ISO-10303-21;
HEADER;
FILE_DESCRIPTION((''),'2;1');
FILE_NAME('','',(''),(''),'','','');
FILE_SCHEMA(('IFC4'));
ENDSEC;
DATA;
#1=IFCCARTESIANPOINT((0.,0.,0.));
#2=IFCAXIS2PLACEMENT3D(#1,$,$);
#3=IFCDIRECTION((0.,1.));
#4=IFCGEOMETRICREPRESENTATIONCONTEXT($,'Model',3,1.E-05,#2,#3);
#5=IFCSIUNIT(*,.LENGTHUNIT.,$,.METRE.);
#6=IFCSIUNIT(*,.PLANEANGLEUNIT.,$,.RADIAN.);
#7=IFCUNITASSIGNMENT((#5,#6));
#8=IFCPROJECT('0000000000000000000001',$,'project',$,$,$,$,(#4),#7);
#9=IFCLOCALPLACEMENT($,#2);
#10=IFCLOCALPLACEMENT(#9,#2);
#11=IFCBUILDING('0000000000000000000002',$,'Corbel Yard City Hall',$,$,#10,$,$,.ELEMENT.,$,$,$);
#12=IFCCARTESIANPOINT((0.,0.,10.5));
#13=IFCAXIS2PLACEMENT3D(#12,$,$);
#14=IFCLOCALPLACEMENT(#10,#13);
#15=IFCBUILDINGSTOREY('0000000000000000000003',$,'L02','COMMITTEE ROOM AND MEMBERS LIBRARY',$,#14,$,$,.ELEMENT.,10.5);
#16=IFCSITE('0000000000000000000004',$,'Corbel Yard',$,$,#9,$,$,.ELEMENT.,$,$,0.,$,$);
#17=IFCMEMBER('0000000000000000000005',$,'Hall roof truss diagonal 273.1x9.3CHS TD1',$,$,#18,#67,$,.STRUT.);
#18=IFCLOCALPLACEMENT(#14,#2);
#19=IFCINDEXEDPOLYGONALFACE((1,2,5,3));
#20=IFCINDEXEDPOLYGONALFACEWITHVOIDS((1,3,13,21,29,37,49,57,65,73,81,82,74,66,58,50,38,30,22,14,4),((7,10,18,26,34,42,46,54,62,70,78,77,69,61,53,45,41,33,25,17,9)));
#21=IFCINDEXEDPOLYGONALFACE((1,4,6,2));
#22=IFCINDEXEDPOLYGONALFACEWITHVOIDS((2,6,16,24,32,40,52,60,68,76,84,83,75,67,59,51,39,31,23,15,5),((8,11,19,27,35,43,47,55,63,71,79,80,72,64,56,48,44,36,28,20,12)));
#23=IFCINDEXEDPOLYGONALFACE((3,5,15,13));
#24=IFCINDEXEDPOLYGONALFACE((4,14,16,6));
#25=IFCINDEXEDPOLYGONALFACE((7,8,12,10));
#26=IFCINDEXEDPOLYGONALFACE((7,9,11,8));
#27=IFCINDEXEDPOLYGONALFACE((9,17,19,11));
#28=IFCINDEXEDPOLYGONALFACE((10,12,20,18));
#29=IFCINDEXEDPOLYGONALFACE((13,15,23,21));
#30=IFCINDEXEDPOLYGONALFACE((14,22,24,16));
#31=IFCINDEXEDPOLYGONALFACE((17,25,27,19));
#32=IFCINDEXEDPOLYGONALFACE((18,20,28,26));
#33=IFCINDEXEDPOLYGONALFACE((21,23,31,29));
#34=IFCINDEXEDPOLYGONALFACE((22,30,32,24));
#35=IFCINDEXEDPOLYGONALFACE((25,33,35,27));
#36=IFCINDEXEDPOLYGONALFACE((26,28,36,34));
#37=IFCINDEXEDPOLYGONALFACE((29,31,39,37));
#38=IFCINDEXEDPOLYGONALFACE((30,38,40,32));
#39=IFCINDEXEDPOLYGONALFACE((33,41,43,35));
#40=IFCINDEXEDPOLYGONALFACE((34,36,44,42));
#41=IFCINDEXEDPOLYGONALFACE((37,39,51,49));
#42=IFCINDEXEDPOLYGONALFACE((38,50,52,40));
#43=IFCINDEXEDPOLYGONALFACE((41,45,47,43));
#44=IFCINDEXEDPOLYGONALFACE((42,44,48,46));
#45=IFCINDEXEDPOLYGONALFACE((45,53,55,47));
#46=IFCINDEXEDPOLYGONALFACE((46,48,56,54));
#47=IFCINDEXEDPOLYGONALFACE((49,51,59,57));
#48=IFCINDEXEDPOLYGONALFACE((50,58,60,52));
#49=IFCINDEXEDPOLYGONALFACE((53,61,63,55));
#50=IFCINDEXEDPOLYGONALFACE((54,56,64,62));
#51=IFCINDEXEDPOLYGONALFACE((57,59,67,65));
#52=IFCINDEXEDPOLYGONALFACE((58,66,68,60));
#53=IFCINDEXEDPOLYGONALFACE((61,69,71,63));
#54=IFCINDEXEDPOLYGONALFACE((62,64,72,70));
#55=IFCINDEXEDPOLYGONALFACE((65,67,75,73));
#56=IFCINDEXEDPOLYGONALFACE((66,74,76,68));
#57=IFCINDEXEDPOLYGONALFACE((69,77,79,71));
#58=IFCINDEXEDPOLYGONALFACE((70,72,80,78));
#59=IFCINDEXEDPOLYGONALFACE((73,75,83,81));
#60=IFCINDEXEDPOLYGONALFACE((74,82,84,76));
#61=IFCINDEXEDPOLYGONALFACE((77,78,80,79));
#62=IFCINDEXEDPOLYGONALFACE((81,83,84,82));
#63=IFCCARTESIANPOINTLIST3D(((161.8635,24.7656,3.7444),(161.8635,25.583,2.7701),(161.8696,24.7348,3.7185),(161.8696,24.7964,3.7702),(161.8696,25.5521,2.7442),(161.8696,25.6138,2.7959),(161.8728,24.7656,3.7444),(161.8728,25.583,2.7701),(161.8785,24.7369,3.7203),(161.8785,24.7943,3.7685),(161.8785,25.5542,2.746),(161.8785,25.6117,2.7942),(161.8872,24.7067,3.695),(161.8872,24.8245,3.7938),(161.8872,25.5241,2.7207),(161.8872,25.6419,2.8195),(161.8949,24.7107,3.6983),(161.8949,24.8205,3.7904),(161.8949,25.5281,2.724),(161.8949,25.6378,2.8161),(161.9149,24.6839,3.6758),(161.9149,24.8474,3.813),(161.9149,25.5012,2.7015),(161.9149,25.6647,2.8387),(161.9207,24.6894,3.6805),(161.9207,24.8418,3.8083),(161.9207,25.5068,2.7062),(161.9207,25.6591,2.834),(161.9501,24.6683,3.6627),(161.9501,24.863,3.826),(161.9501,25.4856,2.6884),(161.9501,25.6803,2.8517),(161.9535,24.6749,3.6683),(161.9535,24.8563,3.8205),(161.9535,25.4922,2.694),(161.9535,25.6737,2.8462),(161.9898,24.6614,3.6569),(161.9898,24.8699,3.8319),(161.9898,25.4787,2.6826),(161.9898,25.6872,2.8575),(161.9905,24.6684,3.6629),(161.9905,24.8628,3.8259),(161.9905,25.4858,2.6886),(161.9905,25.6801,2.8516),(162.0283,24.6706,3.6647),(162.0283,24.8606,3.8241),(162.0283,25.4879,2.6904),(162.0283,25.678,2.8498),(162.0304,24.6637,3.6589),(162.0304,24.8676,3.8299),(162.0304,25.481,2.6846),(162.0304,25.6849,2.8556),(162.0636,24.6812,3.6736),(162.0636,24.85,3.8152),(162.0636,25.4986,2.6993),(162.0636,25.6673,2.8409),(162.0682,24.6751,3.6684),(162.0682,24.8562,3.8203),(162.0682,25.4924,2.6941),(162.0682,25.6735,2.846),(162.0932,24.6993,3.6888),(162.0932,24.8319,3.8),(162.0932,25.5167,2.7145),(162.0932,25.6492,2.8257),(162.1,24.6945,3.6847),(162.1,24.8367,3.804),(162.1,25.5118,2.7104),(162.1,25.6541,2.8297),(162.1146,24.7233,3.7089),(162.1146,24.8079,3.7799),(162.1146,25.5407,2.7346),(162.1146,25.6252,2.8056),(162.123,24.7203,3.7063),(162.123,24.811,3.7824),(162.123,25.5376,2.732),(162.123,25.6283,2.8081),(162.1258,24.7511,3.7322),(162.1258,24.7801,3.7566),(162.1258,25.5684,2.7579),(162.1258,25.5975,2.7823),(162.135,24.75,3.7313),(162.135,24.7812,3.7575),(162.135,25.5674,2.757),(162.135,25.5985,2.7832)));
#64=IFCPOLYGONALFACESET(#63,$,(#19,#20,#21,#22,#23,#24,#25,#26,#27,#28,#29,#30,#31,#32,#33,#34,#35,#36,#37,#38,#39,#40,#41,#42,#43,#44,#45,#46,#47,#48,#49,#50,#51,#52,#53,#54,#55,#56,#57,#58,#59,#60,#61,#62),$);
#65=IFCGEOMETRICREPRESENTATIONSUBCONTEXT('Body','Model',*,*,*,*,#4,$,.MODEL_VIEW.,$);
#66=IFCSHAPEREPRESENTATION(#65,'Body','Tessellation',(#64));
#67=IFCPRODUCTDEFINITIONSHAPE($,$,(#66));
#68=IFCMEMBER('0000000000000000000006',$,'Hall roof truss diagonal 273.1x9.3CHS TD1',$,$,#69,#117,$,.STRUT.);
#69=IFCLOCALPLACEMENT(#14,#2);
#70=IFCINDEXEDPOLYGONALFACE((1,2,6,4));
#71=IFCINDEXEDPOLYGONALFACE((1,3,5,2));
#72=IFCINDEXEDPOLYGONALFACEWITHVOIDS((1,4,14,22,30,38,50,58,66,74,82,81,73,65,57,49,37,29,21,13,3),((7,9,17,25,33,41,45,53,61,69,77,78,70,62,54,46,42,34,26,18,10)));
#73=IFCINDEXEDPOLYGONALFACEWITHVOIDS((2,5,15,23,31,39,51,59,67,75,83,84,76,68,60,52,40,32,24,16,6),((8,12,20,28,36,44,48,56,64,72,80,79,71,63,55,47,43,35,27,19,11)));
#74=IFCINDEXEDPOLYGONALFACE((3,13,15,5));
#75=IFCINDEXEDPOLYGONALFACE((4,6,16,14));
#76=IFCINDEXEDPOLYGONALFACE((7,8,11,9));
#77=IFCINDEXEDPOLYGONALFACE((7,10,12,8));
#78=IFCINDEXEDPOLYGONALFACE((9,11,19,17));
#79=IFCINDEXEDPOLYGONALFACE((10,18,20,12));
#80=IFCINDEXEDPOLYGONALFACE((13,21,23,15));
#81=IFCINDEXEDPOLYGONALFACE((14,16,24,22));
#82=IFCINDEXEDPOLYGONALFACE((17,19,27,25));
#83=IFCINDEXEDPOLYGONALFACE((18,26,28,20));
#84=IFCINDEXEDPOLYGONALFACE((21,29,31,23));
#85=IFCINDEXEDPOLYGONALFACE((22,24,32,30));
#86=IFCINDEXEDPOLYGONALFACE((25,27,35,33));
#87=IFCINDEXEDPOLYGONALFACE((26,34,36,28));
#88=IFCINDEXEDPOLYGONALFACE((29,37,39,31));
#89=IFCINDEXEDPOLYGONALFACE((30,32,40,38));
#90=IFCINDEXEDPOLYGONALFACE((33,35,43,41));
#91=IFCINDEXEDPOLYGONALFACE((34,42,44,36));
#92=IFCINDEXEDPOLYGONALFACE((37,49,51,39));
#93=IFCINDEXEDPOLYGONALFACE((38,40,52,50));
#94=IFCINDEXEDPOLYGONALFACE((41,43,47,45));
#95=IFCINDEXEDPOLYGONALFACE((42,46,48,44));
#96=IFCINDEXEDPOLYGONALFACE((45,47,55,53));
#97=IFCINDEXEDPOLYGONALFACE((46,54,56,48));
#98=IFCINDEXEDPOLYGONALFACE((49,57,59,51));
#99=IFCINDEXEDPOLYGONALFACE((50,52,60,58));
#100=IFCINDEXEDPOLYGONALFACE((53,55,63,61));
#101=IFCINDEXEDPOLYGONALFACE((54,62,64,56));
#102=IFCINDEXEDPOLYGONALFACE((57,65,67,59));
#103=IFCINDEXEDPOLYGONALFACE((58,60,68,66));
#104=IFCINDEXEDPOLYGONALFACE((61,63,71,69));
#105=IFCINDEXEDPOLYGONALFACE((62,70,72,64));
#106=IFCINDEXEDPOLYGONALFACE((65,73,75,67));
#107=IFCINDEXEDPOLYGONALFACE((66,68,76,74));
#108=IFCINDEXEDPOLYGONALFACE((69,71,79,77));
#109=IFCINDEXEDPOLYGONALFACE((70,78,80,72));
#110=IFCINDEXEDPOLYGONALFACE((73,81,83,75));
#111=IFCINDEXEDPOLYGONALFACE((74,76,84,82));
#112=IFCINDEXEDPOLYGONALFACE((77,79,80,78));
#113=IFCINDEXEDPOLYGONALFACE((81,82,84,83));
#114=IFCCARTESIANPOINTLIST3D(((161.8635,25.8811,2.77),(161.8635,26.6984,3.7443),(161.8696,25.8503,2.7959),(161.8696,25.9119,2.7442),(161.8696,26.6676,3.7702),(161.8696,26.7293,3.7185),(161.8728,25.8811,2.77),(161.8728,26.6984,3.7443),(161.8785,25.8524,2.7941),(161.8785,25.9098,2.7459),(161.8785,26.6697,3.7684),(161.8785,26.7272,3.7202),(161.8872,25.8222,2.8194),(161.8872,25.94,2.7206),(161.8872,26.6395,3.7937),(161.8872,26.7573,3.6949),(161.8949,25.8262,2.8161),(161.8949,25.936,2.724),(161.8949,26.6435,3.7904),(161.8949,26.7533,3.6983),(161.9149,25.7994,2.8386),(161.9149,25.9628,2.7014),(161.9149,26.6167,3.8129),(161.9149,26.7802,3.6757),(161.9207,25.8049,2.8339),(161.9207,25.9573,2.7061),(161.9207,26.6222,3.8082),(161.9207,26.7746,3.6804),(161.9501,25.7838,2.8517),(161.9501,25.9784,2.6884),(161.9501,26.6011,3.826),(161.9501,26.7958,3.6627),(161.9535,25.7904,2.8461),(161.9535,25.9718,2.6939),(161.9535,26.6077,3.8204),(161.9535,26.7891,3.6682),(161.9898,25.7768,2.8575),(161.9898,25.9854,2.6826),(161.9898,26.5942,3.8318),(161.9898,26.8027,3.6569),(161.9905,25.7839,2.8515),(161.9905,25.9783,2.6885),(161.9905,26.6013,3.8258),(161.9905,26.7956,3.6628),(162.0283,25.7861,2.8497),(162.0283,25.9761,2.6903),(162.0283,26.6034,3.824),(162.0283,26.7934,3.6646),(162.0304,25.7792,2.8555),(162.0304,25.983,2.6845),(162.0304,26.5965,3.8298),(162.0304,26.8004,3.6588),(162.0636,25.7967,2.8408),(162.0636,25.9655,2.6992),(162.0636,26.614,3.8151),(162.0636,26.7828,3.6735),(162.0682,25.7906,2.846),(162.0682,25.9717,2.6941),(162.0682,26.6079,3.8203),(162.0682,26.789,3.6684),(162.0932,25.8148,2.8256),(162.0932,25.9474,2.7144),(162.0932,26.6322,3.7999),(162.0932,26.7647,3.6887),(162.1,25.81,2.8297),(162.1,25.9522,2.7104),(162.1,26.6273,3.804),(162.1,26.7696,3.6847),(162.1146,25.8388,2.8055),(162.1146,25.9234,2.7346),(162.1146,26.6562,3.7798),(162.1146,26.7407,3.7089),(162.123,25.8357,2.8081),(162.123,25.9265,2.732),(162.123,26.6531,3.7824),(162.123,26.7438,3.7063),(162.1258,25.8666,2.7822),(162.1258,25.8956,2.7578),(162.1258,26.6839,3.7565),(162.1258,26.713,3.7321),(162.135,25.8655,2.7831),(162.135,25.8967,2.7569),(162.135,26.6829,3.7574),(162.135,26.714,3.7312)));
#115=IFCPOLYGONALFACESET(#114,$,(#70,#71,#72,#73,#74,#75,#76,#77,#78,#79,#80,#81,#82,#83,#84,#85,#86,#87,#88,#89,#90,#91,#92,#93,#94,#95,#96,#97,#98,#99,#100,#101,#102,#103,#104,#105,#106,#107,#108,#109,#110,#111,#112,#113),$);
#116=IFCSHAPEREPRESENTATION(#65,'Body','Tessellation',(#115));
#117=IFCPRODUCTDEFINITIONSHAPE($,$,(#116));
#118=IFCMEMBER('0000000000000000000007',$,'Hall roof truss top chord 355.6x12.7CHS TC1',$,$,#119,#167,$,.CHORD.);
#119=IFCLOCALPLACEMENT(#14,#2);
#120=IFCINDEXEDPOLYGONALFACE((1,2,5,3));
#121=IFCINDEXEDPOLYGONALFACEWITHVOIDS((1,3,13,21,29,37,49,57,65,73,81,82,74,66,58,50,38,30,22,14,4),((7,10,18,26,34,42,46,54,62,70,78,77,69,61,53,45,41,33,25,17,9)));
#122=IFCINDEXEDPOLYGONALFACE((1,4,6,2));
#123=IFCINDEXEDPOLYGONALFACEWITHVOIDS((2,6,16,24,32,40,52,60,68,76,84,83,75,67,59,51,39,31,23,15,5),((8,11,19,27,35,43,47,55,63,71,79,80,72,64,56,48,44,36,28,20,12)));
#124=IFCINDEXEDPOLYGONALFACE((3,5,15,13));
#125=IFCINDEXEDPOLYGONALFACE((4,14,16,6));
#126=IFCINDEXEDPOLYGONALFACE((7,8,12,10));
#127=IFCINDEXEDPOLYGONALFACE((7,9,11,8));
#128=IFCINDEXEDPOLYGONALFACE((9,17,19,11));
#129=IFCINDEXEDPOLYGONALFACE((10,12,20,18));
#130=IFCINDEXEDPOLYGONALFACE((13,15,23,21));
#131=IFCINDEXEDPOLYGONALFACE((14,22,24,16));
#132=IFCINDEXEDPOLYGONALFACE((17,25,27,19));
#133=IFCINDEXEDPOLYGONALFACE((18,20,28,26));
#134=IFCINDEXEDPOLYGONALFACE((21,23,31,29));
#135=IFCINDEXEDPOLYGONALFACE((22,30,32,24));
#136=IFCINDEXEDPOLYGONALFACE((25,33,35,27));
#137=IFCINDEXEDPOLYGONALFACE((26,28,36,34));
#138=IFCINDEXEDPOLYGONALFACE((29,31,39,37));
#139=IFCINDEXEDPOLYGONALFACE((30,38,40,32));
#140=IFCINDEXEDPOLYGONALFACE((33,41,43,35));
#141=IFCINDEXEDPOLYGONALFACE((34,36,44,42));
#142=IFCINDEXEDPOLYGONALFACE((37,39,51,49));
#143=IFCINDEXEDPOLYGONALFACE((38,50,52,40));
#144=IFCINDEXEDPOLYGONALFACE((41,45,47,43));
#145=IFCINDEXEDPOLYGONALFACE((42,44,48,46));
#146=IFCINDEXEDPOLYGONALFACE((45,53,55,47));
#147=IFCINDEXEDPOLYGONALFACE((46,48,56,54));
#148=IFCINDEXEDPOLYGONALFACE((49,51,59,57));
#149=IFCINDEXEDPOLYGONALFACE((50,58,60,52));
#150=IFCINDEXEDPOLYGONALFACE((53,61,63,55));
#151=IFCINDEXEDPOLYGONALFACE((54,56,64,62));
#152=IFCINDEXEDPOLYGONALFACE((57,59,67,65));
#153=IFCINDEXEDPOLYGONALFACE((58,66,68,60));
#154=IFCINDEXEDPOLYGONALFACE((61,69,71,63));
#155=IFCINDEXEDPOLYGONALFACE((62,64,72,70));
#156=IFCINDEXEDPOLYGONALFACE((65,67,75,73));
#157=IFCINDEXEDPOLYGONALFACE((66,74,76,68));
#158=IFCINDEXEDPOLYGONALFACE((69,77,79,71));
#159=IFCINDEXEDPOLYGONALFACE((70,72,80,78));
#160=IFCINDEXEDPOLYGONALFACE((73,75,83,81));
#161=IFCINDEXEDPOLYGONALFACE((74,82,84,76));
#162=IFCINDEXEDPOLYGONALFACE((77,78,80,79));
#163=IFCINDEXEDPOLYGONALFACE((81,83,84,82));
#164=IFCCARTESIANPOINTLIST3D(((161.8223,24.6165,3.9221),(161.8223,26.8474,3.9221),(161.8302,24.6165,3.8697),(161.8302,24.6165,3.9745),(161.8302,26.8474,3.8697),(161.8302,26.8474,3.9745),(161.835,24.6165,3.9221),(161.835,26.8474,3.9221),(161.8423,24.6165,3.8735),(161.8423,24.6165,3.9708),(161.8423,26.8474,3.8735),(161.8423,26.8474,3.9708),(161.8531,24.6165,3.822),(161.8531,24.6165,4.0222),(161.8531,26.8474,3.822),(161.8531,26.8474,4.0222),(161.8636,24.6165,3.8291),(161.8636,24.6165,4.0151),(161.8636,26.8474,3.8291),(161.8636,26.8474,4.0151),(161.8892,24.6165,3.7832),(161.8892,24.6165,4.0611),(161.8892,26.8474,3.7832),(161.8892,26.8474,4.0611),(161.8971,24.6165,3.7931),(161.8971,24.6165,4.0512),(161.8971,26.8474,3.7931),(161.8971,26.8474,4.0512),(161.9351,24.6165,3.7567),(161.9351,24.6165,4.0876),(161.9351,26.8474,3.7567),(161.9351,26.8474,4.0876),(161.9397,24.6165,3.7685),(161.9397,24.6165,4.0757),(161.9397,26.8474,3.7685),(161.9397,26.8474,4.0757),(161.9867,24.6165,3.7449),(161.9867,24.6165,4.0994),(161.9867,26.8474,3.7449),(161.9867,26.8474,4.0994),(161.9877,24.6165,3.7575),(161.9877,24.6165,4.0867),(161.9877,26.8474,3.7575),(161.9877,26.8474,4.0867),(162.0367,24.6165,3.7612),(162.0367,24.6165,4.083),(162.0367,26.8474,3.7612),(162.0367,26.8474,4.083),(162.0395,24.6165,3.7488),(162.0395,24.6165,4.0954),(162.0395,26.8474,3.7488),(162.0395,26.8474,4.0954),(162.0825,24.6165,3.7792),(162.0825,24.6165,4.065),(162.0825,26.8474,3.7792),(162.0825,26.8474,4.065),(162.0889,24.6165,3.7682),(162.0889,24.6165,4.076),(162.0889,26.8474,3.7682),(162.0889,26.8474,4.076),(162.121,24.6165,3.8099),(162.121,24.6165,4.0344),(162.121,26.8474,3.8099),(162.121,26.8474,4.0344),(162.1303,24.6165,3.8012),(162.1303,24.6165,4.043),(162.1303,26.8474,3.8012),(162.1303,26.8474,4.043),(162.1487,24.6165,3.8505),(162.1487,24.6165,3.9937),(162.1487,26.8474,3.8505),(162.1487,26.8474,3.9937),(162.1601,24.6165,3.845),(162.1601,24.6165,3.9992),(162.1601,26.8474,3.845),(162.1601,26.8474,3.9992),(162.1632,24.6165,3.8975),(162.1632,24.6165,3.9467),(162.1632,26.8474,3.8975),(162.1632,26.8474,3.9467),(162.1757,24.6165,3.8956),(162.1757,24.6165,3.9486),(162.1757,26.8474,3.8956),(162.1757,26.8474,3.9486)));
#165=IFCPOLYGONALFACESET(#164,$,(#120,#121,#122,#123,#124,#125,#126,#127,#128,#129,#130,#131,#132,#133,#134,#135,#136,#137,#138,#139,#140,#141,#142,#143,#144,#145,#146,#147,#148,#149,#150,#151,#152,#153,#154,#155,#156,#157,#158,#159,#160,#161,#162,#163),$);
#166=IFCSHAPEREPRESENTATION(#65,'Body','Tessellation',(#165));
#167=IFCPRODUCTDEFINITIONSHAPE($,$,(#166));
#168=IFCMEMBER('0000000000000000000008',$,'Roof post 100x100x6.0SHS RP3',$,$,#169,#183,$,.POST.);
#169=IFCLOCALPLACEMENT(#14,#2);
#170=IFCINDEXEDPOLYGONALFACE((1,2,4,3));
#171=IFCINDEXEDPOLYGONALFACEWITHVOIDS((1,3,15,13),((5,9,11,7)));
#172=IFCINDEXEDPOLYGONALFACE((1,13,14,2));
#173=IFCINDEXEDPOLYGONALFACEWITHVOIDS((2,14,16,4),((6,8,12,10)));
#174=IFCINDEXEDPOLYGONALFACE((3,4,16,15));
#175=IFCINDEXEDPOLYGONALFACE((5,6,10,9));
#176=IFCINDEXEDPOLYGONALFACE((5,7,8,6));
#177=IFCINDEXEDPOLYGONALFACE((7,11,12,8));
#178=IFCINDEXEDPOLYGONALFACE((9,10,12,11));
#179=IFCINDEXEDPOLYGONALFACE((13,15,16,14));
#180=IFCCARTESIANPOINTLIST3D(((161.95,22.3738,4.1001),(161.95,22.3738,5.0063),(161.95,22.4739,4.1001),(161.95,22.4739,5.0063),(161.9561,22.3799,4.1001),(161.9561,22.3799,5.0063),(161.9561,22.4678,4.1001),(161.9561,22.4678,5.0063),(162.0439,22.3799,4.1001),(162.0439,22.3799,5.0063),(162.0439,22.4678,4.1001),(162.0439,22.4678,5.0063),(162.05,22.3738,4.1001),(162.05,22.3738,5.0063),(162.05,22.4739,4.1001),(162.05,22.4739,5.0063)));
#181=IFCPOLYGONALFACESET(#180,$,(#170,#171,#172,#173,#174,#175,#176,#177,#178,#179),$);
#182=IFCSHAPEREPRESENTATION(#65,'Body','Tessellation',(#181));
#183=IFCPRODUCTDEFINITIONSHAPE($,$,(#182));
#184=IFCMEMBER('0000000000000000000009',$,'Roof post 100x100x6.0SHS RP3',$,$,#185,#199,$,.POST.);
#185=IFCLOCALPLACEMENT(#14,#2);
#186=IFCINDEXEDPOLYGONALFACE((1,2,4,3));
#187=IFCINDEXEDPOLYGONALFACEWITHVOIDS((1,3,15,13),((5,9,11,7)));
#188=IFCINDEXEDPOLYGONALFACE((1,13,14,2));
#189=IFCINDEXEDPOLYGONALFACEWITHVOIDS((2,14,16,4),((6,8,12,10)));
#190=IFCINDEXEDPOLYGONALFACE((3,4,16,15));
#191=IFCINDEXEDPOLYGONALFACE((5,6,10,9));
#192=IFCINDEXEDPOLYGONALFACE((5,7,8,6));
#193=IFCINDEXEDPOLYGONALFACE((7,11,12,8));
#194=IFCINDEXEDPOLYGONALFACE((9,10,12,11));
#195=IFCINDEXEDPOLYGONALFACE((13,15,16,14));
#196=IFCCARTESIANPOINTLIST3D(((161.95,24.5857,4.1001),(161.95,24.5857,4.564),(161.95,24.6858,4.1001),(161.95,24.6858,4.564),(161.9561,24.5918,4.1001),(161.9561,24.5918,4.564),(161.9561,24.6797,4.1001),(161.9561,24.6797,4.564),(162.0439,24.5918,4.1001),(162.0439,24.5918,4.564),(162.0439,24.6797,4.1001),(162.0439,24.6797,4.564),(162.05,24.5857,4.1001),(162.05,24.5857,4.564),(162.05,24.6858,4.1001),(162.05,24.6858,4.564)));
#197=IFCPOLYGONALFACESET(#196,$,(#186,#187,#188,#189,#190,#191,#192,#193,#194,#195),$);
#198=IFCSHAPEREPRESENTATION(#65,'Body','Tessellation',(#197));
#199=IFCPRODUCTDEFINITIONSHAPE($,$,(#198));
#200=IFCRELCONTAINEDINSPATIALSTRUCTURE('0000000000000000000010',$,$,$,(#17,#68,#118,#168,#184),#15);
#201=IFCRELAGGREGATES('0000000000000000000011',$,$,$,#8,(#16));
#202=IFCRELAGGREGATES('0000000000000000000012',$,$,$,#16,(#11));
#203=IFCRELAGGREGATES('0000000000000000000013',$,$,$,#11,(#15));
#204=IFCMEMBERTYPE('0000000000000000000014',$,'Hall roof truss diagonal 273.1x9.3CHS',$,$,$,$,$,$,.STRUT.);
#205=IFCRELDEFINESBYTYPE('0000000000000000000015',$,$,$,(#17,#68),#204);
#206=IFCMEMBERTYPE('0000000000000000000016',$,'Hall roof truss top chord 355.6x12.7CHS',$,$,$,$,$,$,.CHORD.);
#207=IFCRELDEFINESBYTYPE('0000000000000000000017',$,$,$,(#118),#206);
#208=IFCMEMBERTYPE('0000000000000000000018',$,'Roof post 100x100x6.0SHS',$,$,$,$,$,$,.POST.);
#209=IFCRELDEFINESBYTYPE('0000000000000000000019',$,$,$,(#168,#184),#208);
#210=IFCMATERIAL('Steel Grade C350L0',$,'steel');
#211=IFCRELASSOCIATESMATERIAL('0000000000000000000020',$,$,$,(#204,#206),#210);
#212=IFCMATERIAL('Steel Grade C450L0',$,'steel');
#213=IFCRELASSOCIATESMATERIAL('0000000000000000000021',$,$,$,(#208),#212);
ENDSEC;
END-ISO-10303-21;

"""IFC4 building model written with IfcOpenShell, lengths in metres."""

from ifc_helpers import new_model, si_unit, direction, frame, origin, origin_2d, place, context, subcontext, project, spatial, hollow_rectangle, hollow_circle, extrude, material, material_profile, profile_set, type_object, element, save


model = new_model("IFC4")

# Units and contexts
model_context = context("Model", 3, precision=1e-05, world=origin(), true_north=direction((0.0, 1.0)))
body_context = subcontext(model_context, "Body", "Model", "MODEL_VIEW")
ifc_project = project(units=[si_unit("LENGTHUNIT", "METRE"), si_unit("PLANEANGLEUNIT", "RADIAN")], contexts=[model_context])

# Site, building, storey
site_placement = place(None, origin())
site = spatial("IfcSite", under=ifc_project, at=site_placement, Name="Corbel Yard", CompositionType="ELEMENT", RefElevation=0.0)
building_placement = place(site_placement, origin())
building = spatial("IfcBuilding", under=site, at=building_placement, Name="Corbel Yard City Hall", CompositionType="ELEMENT")
storey_placement = place(building_placement, frame((0.0, 0.0, 10.5)))
storey = spatial("IfcBuildingStorey", under=building, at=storey_placement, Name="L02", Description="COMMITTEE ROOM AND MEMBERS LIBRARY", CompositionType="ELEMENT", Elevation=10.5)

# Members
ifc_material_1 = material(Name="Steel Grade C350L0", Category="steel")
ifc_material_profile_1 = material_profile(ifc_material_1, hollow_circle(Radius=0.1365, WallThickness=0.0093, at=origin_2d()), Name="273.1x9.3CHS")
ifc_profile_set_1 = profile_set([ifc_material_profile_1], Name="Steel Grade C350L0")
member_type_1 = type_object("IfcMemberType", Name="Hall roof truss diagonal 273.1x9.3CHS", PredefinedType="STRUT", material=ifc_profile_set_1)
for number, where, z_axis, x_axis, name in (
    (1, (162.0, 24.7656, 3.7444), (0.0, 0.642692, -0.766124), (-1.0, 0.0, 0.0), "Hall roof truss diagonal 273.1x9.3CHS TD1"),
    (2, (162.0, 25.8811, 2.77), (0.0, 0.642692, 0.766124), (-1.0, 0.0, 0.0), "Hall roof truss diagonal 273.1x9.3CHS TD1"),
):
    element("IfcMember", number, at=place(storey_placement, frame(where, z_axis=z_axis, x_axis=x_axis)), inside=storey, type_object=member_type_1, Name=name, PredefinedType="STRUT", context=body_context, shape_type="SweptSolid", body=[
        extrude(hollow_circle(Radius=0.1365, WallThickness=0.0093, at=origin_2d()), origin(), (0.0, 0.0, 1.0), 1.2717),
    ])
ifc_material_profile_2 = material_profile(ifc_material_1, hollow_circle(Radius=0.1777, WallThickness=0.0127, at=origin_2d()), Name="355.6x12.7CHS")
ifc_profile_set_2 = profile_set([ifc_material_profile_2], Name="Steel Grade C350L0")
member_type_2 = type_object("IfcMemberType", Name="Hall roof truss top chord 355.6x12.7CHS", PredefinedType="CHORD", material=ifc_profile_set_2)
member_1_placement = place(storey_placement, frame((162.0, 24.6165, 3.9221), z_axis=(0.0, 1.0, 0.0), x_axis=(-1.0, 0.0, 0.0)))
element("IfcMember", 3, at=member_1_placement, inside=storey, type_object=member_type_2, Name="Hall roof truss top chord 355.6x12.7CHS TC1", PredefinedType="CHORD", context=body_context, shape_type="SweptSolid", body=[
    extrude(hollow_circle(Radius=0.1777, WallThickness=0.0127, at=origin_2d()), origin(), (0.0, 0.0, 1.0), 2.231),
])
ifc_material_2 = material(Name="Steel Grade C450L0", Category="steel")
ifc_material_profile_3 = material_profile(ifc_material_2, hollow_rectangle(XDim=0.1001, YDim=0.1001, WallThickness=0.0061, at=origin_2d()), Name="100x100x6.0SHS")
ifc_profile_set_3 = profile_set([ifc_material_profile_3], Name="Steel Grade C450L0")
member_type_3 = type_object("IfcMemberType", Name="Roof post 100x100x6.0SHS", PredefinedType="POST", material=ifc_profile_set_3)
member_2_placement = place(storey_placement, frame((162.0, 22.4238, 4.1001), z_axis=(0.0, 0.0, 1.0), x_axis=(1.0, 0.0, 0.0)))
element("IfcMember", 4, at=member_2_placement, inside=storey, type_object=member_type_3, Name="Roof post 100x100x6.0SHS RP3", PredefinedType="POST", context=body_context, shape_type="SweptSolid", body=[
    extrude(hollow_rectangle(XDim=0.1001, YDim=0.1001, WallThickness=0.0061, at=origin_2d()), origin(), (0.0, 0.0, 1.0), 0.9062),
])
member_3_placement = place(storey_placement, frame((162.0, 24.6357, 4.1001), z_axis=(0.0, 0.0, 1.0), x_axis=(1.0, 0.0, 0.0)))
element("IfcMember", 5, at=member_3_placement, inside=storey, type_object=member_type_3, Name="Roof post 100x100x6.0SHS RP3", PredefinedType="POST", context=body_context, shape_type="SweptSolid", body=[
    extrude(hollow_rectangle(XDim=0.1001, YDim=0.1001, WallThickness=0.0061, at=origin_2d()), origin(), (0.0, 0.0, 1.0), 0.4639),
])

save(model, "model.ifc")
